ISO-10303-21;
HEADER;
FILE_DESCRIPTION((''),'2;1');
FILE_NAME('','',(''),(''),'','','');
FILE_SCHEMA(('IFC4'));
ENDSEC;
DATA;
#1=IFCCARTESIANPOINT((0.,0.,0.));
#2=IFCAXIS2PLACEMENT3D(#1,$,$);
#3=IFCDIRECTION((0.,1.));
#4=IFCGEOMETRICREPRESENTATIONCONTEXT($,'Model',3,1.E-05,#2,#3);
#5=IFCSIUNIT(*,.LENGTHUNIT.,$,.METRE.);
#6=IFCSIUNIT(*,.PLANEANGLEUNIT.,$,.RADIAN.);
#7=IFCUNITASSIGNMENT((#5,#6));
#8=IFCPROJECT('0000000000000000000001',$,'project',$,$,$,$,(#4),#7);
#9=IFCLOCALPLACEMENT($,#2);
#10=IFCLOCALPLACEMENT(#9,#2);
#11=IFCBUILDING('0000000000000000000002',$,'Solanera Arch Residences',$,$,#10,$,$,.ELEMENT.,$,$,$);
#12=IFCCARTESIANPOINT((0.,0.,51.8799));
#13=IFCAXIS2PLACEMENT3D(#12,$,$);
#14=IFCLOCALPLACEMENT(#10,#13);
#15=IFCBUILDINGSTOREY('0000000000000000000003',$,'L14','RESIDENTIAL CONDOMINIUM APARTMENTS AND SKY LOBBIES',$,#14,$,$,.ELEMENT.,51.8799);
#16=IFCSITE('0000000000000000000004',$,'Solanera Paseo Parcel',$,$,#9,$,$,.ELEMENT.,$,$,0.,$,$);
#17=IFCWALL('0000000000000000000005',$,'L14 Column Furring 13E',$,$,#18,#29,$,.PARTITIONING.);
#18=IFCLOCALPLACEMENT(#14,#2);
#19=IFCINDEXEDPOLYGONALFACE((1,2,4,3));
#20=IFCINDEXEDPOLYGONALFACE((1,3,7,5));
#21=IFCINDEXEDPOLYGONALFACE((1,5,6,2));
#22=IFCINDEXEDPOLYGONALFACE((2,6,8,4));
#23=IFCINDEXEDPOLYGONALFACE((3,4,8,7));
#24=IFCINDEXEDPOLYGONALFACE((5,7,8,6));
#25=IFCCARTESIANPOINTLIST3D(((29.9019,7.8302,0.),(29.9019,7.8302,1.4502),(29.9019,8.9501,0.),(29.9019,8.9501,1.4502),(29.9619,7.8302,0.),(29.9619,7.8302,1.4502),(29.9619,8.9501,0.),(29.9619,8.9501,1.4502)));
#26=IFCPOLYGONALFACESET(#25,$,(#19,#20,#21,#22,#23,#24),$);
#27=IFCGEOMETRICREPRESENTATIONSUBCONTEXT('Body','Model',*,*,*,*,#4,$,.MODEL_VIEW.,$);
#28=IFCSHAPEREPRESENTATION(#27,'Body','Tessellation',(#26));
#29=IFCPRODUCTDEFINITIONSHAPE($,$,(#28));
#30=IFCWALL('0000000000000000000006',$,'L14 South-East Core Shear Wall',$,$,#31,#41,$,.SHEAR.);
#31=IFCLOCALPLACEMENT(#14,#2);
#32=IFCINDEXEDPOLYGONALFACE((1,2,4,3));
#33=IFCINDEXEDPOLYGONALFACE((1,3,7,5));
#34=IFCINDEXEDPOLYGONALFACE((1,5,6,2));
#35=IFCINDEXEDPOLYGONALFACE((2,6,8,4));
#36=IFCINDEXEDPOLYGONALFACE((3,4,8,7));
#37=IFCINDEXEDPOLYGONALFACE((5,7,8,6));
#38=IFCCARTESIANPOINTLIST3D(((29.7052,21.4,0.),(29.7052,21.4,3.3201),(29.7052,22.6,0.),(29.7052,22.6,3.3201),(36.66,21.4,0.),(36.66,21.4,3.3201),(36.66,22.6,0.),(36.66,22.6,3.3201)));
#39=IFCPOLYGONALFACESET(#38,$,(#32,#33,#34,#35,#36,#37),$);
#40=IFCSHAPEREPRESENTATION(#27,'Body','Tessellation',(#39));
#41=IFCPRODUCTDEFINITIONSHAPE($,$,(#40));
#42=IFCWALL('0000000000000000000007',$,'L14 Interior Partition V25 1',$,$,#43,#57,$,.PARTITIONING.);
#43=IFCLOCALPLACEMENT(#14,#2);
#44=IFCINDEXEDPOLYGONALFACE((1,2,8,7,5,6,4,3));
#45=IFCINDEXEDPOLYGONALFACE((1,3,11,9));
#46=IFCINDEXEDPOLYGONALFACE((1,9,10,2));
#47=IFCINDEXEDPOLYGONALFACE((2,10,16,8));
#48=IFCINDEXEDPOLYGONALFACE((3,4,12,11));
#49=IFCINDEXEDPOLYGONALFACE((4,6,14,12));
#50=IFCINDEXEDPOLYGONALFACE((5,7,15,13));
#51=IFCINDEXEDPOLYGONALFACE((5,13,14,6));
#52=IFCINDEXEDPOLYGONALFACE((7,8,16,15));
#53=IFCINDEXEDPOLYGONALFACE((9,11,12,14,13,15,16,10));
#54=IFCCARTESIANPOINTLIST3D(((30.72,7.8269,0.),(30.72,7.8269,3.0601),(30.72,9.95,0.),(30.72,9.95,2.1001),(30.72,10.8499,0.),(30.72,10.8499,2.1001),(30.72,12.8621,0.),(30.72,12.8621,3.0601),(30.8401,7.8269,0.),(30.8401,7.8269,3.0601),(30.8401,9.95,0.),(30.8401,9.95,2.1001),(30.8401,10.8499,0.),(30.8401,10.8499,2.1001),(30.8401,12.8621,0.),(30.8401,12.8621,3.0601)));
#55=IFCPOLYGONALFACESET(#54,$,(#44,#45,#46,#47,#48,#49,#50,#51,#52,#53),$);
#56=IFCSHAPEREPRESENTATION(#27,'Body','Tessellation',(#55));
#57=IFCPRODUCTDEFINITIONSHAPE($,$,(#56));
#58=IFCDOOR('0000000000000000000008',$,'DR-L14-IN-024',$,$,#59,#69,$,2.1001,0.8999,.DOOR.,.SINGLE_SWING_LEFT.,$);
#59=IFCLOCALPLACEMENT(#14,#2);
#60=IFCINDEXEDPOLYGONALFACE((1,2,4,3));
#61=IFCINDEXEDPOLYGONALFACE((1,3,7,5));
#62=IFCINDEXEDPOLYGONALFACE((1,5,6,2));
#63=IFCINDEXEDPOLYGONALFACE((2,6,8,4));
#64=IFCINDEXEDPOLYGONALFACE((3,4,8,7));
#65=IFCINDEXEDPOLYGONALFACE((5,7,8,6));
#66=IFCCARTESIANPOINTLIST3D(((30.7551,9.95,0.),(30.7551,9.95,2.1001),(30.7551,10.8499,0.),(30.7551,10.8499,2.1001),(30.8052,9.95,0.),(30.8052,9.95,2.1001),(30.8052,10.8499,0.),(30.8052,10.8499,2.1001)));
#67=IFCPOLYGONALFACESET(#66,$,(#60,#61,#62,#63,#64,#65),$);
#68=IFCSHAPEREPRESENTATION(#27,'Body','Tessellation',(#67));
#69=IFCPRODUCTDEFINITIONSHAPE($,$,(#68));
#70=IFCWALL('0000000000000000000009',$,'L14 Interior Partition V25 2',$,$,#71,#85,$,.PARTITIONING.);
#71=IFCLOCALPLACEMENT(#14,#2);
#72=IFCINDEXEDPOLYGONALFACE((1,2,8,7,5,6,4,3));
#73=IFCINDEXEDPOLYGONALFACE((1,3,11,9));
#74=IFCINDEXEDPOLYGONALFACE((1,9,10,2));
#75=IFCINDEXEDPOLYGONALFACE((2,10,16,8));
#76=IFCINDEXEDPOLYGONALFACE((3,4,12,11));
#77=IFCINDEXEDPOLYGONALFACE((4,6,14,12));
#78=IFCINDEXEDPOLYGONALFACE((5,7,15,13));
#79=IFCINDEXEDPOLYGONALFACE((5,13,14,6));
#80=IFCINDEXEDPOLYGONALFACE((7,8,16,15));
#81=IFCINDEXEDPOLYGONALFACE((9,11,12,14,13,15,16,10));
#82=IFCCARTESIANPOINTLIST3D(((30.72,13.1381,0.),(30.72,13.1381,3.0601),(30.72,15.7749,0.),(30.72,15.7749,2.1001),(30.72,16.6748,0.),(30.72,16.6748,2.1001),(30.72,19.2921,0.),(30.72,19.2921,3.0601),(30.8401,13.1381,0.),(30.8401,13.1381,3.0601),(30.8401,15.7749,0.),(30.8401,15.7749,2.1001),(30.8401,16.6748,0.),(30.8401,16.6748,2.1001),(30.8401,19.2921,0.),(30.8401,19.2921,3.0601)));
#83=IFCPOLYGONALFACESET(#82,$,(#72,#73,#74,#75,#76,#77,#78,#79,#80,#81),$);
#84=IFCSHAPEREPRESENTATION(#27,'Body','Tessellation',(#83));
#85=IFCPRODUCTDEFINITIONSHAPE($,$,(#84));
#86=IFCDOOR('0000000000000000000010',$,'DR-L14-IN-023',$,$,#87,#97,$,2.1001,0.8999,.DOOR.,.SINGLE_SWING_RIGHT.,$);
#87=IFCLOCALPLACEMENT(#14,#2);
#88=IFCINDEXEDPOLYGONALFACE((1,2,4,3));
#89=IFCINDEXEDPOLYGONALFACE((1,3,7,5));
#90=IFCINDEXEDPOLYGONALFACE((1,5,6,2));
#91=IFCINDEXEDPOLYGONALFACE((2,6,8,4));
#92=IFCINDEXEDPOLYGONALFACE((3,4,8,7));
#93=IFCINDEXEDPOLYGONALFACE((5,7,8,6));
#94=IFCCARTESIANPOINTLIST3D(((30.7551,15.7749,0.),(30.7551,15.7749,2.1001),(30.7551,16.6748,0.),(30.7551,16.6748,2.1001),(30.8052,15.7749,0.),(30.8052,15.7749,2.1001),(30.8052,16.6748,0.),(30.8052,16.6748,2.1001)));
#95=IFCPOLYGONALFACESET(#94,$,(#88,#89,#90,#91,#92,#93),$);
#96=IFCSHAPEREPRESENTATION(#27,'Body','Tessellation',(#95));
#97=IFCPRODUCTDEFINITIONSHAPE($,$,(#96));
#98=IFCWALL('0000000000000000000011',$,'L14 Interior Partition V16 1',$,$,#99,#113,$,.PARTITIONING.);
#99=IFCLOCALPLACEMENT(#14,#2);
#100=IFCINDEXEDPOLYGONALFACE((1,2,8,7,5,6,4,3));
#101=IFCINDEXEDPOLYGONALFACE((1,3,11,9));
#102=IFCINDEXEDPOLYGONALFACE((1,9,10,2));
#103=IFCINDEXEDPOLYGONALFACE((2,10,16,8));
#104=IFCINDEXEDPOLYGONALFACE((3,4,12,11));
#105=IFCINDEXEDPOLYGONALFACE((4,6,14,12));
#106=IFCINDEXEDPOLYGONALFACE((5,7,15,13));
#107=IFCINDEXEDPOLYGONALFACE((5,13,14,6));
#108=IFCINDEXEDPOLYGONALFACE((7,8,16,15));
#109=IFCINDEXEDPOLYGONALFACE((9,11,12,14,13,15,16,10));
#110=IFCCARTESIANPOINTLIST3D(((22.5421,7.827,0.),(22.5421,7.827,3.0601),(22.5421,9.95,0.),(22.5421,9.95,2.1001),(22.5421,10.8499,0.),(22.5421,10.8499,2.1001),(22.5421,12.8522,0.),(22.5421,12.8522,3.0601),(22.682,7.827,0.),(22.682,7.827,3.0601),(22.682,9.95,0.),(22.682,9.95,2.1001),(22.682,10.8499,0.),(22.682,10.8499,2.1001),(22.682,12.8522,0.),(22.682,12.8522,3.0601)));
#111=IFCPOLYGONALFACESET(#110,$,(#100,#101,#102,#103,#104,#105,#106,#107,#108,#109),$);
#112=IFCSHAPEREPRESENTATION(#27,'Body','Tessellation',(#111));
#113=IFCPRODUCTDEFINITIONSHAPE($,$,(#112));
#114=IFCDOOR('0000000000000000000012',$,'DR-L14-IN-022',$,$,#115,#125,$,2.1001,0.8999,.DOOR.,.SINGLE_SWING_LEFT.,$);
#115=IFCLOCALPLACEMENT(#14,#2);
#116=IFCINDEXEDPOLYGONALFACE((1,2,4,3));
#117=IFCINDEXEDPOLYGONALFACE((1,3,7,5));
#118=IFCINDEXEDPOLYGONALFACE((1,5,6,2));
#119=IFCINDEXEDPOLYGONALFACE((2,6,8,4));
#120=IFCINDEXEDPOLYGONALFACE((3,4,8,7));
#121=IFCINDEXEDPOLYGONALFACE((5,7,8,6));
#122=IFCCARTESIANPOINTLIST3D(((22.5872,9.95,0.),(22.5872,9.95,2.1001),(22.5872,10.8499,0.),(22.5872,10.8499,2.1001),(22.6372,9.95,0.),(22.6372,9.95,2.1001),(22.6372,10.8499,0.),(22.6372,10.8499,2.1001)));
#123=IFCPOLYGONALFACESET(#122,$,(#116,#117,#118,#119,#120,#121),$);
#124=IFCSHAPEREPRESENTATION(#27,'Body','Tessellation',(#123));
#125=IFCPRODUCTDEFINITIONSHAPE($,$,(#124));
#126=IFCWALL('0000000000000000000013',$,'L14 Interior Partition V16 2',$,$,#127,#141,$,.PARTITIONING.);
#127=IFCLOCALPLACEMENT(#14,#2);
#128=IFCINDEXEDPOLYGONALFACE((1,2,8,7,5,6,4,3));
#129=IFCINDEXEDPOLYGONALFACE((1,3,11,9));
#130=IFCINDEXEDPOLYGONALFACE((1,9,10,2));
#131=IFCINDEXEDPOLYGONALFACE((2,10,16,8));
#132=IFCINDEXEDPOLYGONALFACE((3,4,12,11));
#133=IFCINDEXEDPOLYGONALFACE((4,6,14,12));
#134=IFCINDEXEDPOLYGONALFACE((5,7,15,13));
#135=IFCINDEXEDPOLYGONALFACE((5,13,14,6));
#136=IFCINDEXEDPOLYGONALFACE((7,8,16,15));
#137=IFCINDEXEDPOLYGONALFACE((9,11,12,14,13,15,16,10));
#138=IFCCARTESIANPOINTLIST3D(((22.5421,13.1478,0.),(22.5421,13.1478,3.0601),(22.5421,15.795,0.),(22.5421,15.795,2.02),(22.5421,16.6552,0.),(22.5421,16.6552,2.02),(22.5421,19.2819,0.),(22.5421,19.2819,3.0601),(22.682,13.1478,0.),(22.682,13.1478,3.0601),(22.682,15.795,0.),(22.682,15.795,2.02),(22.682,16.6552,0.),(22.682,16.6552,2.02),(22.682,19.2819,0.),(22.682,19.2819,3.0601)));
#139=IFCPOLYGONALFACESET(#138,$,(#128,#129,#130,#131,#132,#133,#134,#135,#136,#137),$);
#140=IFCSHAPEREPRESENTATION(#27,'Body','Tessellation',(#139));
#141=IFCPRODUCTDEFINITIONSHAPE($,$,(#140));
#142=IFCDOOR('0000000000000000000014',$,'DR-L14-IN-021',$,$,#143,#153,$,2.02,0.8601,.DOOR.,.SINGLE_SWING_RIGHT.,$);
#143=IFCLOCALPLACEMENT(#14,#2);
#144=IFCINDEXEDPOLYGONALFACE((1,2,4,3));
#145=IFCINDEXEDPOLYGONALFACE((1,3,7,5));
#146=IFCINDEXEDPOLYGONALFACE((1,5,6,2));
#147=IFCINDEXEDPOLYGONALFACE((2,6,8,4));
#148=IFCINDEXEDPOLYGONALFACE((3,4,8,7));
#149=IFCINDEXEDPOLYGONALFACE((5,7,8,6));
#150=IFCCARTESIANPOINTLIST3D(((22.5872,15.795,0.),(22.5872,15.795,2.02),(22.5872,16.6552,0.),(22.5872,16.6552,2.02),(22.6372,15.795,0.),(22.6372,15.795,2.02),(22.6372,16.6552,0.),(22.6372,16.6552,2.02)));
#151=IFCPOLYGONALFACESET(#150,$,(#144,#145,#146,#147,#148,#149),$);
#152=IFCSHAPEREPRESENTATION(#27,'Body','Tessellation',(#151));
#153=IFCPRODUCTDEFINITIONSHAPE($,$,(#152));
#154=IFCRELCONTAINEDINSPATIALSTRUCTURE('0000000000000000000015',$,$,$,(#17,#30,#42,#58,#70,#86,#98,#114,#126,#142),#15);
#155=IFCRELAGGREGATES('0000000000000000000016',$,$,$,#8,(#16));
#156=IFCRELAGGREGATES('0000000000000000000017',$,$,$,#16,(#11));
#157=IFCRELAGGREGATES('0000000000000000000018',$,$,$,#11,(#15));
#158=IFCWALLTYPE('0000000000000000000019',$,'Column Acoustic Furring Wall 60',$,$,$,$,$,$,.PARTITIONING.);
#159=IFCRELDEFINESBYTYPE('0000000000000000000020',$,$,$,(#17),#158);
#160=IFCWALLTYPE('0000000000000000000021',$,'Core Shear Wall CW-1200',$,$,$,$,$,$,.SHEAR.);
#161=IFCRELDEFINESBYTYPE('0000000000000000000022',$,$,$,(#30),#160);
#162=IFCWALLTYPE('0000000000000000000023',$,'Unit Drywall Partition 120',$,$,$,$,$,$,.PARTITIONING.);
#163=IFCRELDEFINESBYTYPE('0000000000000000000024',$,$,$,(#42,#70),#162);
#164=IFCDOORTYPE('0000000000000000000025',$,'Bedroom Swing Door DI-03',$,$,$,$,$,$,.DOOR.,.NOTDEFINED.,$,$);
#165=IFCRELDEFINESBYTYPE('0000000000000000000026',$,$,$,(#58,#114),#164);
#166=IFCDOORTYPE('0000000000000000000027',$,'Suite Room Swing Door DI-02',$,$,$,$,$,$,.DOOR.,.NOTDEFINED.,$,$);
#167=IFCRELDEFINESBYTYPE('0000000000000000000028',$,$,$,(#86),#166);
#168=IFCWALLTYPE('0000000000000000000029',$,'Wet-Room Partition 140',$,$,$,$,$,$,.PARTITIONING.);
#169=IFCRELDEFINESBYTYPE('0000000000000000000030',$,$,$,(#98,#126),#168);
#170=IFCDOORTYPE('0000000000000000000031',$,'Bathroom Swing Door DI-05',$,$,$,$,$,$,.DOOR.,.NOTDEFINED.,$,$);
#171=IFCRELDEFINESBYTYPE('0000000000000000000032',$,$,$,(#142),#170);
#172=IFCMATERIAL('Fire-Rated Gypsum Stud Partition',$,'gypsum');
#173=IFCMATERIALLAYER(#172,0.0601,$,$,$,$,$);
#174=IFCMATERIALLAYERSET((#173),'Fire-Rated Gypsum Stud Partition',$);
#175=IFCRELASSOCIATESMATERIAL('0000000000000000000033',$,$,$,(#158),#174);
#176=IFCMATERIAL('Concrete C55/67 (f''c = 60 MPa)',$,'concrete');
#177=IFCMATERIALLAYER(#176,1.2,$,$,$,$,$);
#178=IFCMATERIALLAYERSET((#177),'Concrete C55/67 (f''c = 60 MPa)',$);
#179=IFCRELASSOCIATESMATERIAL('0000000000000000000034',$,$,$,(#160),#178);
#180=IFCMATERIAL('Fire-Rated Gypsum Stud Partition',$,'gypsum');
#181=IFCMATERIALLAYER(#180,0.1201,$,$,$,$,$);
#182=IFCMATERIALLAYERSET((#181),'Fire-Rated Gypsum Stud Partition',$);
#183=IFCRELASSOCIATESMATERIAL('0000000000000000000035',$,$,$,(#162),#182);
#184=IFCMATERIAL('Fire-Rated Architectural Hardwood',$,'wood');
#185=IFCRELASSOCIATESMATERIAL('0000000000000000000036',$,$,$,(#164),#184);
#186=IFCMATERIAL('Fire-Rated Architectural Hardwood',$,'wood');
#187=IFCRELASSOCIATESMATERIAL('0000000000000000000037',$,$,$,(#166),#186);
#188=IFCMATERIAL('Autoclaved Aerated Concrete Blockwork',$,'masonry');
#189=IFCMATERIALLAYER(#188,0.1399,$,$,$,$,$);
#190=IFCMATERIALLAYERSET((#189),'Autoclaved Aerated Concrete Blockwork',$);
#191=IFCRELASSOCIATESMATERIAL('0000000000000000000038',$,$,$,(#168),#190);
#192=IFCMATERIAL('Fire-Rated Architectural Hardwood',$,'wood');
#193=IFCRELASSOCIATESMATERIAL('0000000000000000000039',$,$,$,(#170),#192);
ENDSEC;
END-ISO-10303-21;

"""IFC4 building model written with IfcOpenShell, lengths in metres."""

from ifc_helpers import new_model, si_unit, direction, frame, frame_2d, origin, place, context, subcontext, project, spatial, rectangle, extrude, material, layer, layer_set, type_object, element, fill, save


model = new_model("IFC4")

# Units and contexts
model_context = context("Model", 3, precision=1e-05, world=origin(), true_north=direction((0.0, 1.0)))
body_context = subcontext(model_context, "Body", "Model", "MODEL_VIEW")
ifc_project = project(units=[si_unit("LENGTHUNIT", "METRE"), si_unit("PLANEANGLEUNIT", "RADIAN")], contexts=[model_context])

# Site, building, storey
site_placement = place(None, origin())
site = spatial("IfcSite", under=ifc_project, at=site_placement, Name="Solanera Paseo Parcel", CompositionType="ELEMENT", RefElevation=0.0)
building_placement = place(site_placement, origin())
building = spatial("IfcBuilding", under=site, at=building_placement, Name="Solanera Arch Residences", CompositionType="ELEMENT")
storey_placement = place(building_placement, frame((0.0, 0.0, 51.8799)))
storey = spatial("IfcBuildingStorey", under=building, at=storey_placement, Name="L14", Description="RESIDENTIAL CONDOMINIUM APARTMENTS AND SKY LOBBIES", CompositionType="ELEMENT", Elevation=51.8799)

# Walls
ifc_material_1 = material(Name="Fire-Rated Gypsum Stud Partition", Category="gypsum")
ifc_layer_1 = layer(ifc_material_1, 0.0601)
ifc_layer_set_1 = layer_set([ifc_layer_1], Name="Fire-Rated Gypsum Stud Partition")
wall_type_1 = type_object("IfcWallType", Name="Column Acoustic Furring Wall 60", PredefinedType="PARTITIONING", material=ifc_layer_set_1)
for number, where, z_axis, x_axis, name in (
    (1, (29.9319, 7.8301, 0.0), (0.0, 0.0, 1.0), (0.0, 1.0, 0.0), "L14 Column Furring 13E"),
):
    element("IfcWall", number, at=place(storey_placement, frame(where, z_axis=z_axis, x_axis=x_axis)), inside=storey, type_object=wall_type_1, Name=name, PredefinedType="PARTITIONING", context=body_context, shape_type="SweptSolid", body=[
        extrude(rectangle(XDim=1.1199, YDim=0.0601, at=frame_2d((0.5601, 0.0))), origin(), (0.0, 0.0, 1.0), 1.4502),
    ])
ifc_material_2 = material(Name="Concrete C55/67 (f'c = 60 MPa)", Category="concrete")
ifc_layer_2 = layer(ifc_material_2, 1.2)
ifc_layer_set_2 = layer_set([ifc_layer_2], Name="Concrete C55/67 (f'c = 60 MPa)")
wall_type_2 = type_object("IfcWallType", Name="Core Shear Wall CW-1200", PredefinedType="SHEAR", material=ifc_layer_set_2)
wall_1_placement = place(storey_placement, frame((29.7051, 22.0, 0.0), z_axis=(0.0, 0.0, 1.0), x_axis=(1.0, 0.0, 0.0)))
element("IfcWall", 2, at=wall_1_placement, inside=storey, type_object=wall_type_2, Name="L14 South-East Core Shear Wall", PredefinedType="SHEAR", context=body_context, shape_type="SweptSolid", body=[
    extrude(rectangle(XDim=6.9548, YDim=1.2, at=frame_2d((3.4775, 0.0))), origin(), (0.0, 0.0, 1.0), 3.3201),
])

# Walls, openings, doors
ifc_material_3 = material(Name="Fire-Rated Gypsum Stud Partition", Category="gypsum")
ifc_layer_3 = layer(ifc_material_3, 0.1201)
ifc_layer_set_3 = layer_set([ifc_layer_3], Name="Fire-Rated Gypsum Stud Partition")
wall_type_3 = type_object("IfcWallType", Name="Unit Drywall Partition 120", PredefinedType="PARTITIONING", material=ifc_layer_set_3)
wall_2_placement = place(storey_placement, frame((30.78, 7.8269, 0.0), z_axis=(0.0, 0.0, 1.0), x_axis=(0.0, 1.0, 0.0)))
wall_2 = element("IfcWall", 3, at=wall_2_placement, inside=storey, type_object=wall_type_3, Name="L14 Interior Partition V25 1", PredefinedType="PARTITIONING", context=body_context, shape_type="SweptSolid", body=[
    extrude(rectangle(XDim=5.0352, YDim=0.1201, at=frame_2d((2.5176, 0.0))), origin(), (0.0, 0.0, 1.0), 3.0601),
])
opening_1_placement = place(wall_2_placement, frame((2.123, 0.0, 0.0)))
opening_1 = element("IfcOpeningElement", 4, at=opening_1_placement, cuts=wall_2, PredefinedType="OPENING", context=body_context, shape_type="SweptSolid", body=[
    extrude(rectangle(XDim=0.8999, YDim=2.1001, at=frame_2d((0.45, 1.05))), frame((0.0, 0.0701, 0.0), z_axis=(0.0, -1.0, 0.0), x_axis=(1.0, 0.0, 0.0)), (0.0, 0.0, 1.0), 0.1401),
])
ifc_material_4 = material(Name="Fire-Rated Architectural Hardwood", Category="wood")
door_type_1 = type_object("IfcDoorType", Name="Bedroom Swing Door DI-03", OperationType="NOTDEFINED", PredefinedType="DOOR", material=ifc_material_4)
door_1_placement = place(opening_1_placement, origin())
door_1 = element("IfcDoor", 5, at=door_1_placement, inside=storey, type_object=door_type_1, Name="DR-L14-IN-024", OperationType="SINGLE_SWING_LEFT", OverallHeight=2.1001, OverallWidth=0.8999, PredefinedType="DOOR", context=body_context, shape_type="SweptSolid", body=[
    extrude(rectangle(XDim=0.8999, YDim=2.1001, at=frame_2d((0.45, 1.05))), frame((0.0, 0.0249, 0.0), z_axis=(0.0, -1.0, 0.0), x_axis=(1.0, 0.0, 0.0)), (0.0, 0.0, 1.0), 0.05),
])
fill(opening_1, door_1)
wall_3_placement = place(storey_placement, frame((30.78, 13.1379, 0.0), z_axis=(0.0, 0.0, 1.0), x_axis=(0.0, 1.0, 0.0)))
wall_3 = element("IfcWall", 6, at=wall_3_placement, inside=storey, type_object=wall_type_3, Name="L14 Interior Partition V25 2", PredefinedType="PARTITIONING", context=body_context, shape_type="SweptSolid", body=[
    extrude(rectangle(XDim=6.1541, YDim=0.1201, at=frame_2d((3.0771, 0.0))), origin(), (0.0, 0.0, 1.0), 3.0601),
])
opening_2_placement = place(wall_3_placement, frame((2.637, 0.0, 0.0)))
opening_2 = element("IfcOpeningElement", 7, at=opening_2_placement, cuts=wall_3, PredefinedType="OPENING", context=body_context, shape_type="SweptSolid", body=[
    extrude(rectangle(XDim=0.8999, YDim=2.1001, at=frame_2d((0.45, 1.05))), frame((0.0, 0.0701, 0.0), z_axis=(0.0, -1.0, 0.0), x_axis=(1.0, 0.0, 0.0)), (0.0, 0.0, 1.0), 0.1401),
])
ifc_material_5 = material(Name="Fire-Rated Architectural Hardwood", Category="wood")
door_type_2 = type_object("IfcDoorType", Name="Suite Room Swing Door DI-02", OperationType="NOTDEFINED", PredefinedType="DOOR", material=ifc_material_5)
door_2_placement = place(opening_2_placement, origin())
door_2 = element("IfcDoor", 8, at=door_2_placement, inside=storey, type_object=door_type_2, Name="DR-L14-IN-023", OperationType="SINGLE_SWING_RIGHT", OverallHeight=2.1001, OverallWidth=0.8999, PredefinedType="DOOR", context=body_context, shape_type="SweptSolid", body=[
    extrude(rectangle(XDim=0.8999, YDim=2.1001, at=frame_2d((0.45, 1.05))), frame((0.0, 0.0249, 0.0), z_axis=(0.0, -1.0, 0.0), x_axis=(1.0, 0.0, 0.0)), (0.0, 0.0, 1.0), 0.05),
])
fill(opening_2, door_2)
ifc_material_6 = material(Name="Autoclaved Aerated Concrete Blockwork", Category="masonry")
ifc_layer_4 = layer(ifc_material_6, 0.1399)
ifc_layer_set_4 = layer_set([ifc_layer_4], Name="Autoclaved Aerated Concrete Blockwork")
wall_type_4 = type_object("IfcWallType", Name="Wet-Room Partition 140", PredefinedType="PARTITIONING", material=ifc_layer_set_4)
wall_4_placement = place(storey_placement, frame((22.6121, 7.8269, 0.0), z_axis=(0.0, 0.0, 1.0), x_axis=(0.0, 1.0, 0.0)))
wall_4 = element("IfcWall", 9, at=wall_4_placement, inside=storey, type_object=wall_type_4, Name="L14 Interior Partition V16 1", PredefinedType="PARTITIONING", context=body_context, shape_type="SweptSolid", body=[
    extrude(rectangle(XDim=5.0251, YDim=0.1399, at=frame_2d((2.5127, 0.0))), origin(), (0.0, 0.0, 1.0), 3.0601),
])
opening_3_placement = place(wall_4_placement, frame((2.123, 0.0, 0.0)))
opening_3 = element("IfcOpeningElement", 10, at=opening_3_placement, cuts=wall_4, PredefinedType="OPENING", context=body_context, shape_type="SweptSolid", body=[
    extrude(rectangle(XDim=0.8999, YDim=2.1001, at=frame_2d((0.45, 1.05))), frame((0.0, 0.0798, 0.0), z_axis=(0.0, -1.0, 0.0), x_axis=(1.0, 0.0, 0.0)), (0.0, 0.0, 1.0), 0.1599),
])
door_3_placement = place(opening_3_placement, origin())
door_3 = element("IfcDoor", 11, at=door_3_placement, inside=storey, type_object=door_type_1, Name="DR-L14-IN-022", OperationType="SINGLE_SWING_LEFT", OverallHeight=2.1001, OverallWidth=0.8999, PredefinedType="DOOR", context=body_context, shape_type="SweptSolid", body=[
    extrude(rectangle(XDim=0.8999, YDim=2.1001, at=frame_2d((0.45, 1.05))), frame((0.0, 0.0249, 0.0), z_axis=(0.0, -1.0, 0.0), x_axis=(1.0, 0.0, 0.0)), (0.0, 0.0, 1.0), 0.05),
])
fill(opening_3, door_3)
wall_5_placement = place(storey_placement, frame((22.6121, 13.1479, 0.0), z_axis=(0.0, 0.0, 1.0), x_axis=(0.0, 1.0, 0.0)))
wall_5 = element("IfcWall", 12, at=wall_5_placement, inside=storey, type_object=wall_type_4, Name="L14 Interior Partition V16 2", PredefinedType="PARTITIONING", context=body_context, shape_type="SweptSolid", body=[
    extrude(rectangle(XDim=6.134, YDim=0.1399, at=frame_2d((3.0669, 0.0))), origin(), (0.0, 0.0, 1.0), 3.0601),
])
opening_4_placement = place(wall_5_placement, frame((2.647, 0.0, 0.0)))
opening_4 = element("IfcOpeningElement", 13, at=opening_4_placement, cuts=wall_5, PredefinedType="OPENING", context=body_context, shape_type="SweptSolid", body=[
    extrude(rectangle(XDim=0.8601, YDim=2.02, at=frame_2d((0.4302, 1.01))), frame((0.0, 0.0798, 0.0), z_axis=(0.0, -1.0, 0.0), x_axis=(1.0, 0.0, 0.0)), (0.0, 0.0, 1.0), 0.1599),
])
ifc_material_7 = material(Name="Fire-Rated Architectural Hardwood", Category="wood")
door_type_3 = type_object("IfcDoorType", Name="Bathroom Swing Door DI-05", OperationType="NOTDEFINED", PredefinedType="DOOR", material=ifc_material_7)
door_4_placement = place(opening_4_placement, origin())
door_4 = element("IfcDoor", 14, at=door_4_placement, inside=storey, type_object=door_type_3, Name="DR-L14-IN-021", OperationType="SINGLE_SWING_RIGHT", OverallHeight=2.02, OverallWidth=0.8601, PredefinedType="DOOR", context=body_context, shape_type="SweptSolid", body=[
    extrude(rectangle(XDim=0.8601, YDim=2.02, at=frame_2d((0.4302, 1.01))), frame((0.0, 0.0249, 0.0), z_axis=(0.0, -1.0, 0.0), x_axis=(1.0, 0.0, 0.0)), (0.0, 0.0, 1.0), 0.05),
])
fill(opening_4, door_4)

save(model, "model.ifc")
